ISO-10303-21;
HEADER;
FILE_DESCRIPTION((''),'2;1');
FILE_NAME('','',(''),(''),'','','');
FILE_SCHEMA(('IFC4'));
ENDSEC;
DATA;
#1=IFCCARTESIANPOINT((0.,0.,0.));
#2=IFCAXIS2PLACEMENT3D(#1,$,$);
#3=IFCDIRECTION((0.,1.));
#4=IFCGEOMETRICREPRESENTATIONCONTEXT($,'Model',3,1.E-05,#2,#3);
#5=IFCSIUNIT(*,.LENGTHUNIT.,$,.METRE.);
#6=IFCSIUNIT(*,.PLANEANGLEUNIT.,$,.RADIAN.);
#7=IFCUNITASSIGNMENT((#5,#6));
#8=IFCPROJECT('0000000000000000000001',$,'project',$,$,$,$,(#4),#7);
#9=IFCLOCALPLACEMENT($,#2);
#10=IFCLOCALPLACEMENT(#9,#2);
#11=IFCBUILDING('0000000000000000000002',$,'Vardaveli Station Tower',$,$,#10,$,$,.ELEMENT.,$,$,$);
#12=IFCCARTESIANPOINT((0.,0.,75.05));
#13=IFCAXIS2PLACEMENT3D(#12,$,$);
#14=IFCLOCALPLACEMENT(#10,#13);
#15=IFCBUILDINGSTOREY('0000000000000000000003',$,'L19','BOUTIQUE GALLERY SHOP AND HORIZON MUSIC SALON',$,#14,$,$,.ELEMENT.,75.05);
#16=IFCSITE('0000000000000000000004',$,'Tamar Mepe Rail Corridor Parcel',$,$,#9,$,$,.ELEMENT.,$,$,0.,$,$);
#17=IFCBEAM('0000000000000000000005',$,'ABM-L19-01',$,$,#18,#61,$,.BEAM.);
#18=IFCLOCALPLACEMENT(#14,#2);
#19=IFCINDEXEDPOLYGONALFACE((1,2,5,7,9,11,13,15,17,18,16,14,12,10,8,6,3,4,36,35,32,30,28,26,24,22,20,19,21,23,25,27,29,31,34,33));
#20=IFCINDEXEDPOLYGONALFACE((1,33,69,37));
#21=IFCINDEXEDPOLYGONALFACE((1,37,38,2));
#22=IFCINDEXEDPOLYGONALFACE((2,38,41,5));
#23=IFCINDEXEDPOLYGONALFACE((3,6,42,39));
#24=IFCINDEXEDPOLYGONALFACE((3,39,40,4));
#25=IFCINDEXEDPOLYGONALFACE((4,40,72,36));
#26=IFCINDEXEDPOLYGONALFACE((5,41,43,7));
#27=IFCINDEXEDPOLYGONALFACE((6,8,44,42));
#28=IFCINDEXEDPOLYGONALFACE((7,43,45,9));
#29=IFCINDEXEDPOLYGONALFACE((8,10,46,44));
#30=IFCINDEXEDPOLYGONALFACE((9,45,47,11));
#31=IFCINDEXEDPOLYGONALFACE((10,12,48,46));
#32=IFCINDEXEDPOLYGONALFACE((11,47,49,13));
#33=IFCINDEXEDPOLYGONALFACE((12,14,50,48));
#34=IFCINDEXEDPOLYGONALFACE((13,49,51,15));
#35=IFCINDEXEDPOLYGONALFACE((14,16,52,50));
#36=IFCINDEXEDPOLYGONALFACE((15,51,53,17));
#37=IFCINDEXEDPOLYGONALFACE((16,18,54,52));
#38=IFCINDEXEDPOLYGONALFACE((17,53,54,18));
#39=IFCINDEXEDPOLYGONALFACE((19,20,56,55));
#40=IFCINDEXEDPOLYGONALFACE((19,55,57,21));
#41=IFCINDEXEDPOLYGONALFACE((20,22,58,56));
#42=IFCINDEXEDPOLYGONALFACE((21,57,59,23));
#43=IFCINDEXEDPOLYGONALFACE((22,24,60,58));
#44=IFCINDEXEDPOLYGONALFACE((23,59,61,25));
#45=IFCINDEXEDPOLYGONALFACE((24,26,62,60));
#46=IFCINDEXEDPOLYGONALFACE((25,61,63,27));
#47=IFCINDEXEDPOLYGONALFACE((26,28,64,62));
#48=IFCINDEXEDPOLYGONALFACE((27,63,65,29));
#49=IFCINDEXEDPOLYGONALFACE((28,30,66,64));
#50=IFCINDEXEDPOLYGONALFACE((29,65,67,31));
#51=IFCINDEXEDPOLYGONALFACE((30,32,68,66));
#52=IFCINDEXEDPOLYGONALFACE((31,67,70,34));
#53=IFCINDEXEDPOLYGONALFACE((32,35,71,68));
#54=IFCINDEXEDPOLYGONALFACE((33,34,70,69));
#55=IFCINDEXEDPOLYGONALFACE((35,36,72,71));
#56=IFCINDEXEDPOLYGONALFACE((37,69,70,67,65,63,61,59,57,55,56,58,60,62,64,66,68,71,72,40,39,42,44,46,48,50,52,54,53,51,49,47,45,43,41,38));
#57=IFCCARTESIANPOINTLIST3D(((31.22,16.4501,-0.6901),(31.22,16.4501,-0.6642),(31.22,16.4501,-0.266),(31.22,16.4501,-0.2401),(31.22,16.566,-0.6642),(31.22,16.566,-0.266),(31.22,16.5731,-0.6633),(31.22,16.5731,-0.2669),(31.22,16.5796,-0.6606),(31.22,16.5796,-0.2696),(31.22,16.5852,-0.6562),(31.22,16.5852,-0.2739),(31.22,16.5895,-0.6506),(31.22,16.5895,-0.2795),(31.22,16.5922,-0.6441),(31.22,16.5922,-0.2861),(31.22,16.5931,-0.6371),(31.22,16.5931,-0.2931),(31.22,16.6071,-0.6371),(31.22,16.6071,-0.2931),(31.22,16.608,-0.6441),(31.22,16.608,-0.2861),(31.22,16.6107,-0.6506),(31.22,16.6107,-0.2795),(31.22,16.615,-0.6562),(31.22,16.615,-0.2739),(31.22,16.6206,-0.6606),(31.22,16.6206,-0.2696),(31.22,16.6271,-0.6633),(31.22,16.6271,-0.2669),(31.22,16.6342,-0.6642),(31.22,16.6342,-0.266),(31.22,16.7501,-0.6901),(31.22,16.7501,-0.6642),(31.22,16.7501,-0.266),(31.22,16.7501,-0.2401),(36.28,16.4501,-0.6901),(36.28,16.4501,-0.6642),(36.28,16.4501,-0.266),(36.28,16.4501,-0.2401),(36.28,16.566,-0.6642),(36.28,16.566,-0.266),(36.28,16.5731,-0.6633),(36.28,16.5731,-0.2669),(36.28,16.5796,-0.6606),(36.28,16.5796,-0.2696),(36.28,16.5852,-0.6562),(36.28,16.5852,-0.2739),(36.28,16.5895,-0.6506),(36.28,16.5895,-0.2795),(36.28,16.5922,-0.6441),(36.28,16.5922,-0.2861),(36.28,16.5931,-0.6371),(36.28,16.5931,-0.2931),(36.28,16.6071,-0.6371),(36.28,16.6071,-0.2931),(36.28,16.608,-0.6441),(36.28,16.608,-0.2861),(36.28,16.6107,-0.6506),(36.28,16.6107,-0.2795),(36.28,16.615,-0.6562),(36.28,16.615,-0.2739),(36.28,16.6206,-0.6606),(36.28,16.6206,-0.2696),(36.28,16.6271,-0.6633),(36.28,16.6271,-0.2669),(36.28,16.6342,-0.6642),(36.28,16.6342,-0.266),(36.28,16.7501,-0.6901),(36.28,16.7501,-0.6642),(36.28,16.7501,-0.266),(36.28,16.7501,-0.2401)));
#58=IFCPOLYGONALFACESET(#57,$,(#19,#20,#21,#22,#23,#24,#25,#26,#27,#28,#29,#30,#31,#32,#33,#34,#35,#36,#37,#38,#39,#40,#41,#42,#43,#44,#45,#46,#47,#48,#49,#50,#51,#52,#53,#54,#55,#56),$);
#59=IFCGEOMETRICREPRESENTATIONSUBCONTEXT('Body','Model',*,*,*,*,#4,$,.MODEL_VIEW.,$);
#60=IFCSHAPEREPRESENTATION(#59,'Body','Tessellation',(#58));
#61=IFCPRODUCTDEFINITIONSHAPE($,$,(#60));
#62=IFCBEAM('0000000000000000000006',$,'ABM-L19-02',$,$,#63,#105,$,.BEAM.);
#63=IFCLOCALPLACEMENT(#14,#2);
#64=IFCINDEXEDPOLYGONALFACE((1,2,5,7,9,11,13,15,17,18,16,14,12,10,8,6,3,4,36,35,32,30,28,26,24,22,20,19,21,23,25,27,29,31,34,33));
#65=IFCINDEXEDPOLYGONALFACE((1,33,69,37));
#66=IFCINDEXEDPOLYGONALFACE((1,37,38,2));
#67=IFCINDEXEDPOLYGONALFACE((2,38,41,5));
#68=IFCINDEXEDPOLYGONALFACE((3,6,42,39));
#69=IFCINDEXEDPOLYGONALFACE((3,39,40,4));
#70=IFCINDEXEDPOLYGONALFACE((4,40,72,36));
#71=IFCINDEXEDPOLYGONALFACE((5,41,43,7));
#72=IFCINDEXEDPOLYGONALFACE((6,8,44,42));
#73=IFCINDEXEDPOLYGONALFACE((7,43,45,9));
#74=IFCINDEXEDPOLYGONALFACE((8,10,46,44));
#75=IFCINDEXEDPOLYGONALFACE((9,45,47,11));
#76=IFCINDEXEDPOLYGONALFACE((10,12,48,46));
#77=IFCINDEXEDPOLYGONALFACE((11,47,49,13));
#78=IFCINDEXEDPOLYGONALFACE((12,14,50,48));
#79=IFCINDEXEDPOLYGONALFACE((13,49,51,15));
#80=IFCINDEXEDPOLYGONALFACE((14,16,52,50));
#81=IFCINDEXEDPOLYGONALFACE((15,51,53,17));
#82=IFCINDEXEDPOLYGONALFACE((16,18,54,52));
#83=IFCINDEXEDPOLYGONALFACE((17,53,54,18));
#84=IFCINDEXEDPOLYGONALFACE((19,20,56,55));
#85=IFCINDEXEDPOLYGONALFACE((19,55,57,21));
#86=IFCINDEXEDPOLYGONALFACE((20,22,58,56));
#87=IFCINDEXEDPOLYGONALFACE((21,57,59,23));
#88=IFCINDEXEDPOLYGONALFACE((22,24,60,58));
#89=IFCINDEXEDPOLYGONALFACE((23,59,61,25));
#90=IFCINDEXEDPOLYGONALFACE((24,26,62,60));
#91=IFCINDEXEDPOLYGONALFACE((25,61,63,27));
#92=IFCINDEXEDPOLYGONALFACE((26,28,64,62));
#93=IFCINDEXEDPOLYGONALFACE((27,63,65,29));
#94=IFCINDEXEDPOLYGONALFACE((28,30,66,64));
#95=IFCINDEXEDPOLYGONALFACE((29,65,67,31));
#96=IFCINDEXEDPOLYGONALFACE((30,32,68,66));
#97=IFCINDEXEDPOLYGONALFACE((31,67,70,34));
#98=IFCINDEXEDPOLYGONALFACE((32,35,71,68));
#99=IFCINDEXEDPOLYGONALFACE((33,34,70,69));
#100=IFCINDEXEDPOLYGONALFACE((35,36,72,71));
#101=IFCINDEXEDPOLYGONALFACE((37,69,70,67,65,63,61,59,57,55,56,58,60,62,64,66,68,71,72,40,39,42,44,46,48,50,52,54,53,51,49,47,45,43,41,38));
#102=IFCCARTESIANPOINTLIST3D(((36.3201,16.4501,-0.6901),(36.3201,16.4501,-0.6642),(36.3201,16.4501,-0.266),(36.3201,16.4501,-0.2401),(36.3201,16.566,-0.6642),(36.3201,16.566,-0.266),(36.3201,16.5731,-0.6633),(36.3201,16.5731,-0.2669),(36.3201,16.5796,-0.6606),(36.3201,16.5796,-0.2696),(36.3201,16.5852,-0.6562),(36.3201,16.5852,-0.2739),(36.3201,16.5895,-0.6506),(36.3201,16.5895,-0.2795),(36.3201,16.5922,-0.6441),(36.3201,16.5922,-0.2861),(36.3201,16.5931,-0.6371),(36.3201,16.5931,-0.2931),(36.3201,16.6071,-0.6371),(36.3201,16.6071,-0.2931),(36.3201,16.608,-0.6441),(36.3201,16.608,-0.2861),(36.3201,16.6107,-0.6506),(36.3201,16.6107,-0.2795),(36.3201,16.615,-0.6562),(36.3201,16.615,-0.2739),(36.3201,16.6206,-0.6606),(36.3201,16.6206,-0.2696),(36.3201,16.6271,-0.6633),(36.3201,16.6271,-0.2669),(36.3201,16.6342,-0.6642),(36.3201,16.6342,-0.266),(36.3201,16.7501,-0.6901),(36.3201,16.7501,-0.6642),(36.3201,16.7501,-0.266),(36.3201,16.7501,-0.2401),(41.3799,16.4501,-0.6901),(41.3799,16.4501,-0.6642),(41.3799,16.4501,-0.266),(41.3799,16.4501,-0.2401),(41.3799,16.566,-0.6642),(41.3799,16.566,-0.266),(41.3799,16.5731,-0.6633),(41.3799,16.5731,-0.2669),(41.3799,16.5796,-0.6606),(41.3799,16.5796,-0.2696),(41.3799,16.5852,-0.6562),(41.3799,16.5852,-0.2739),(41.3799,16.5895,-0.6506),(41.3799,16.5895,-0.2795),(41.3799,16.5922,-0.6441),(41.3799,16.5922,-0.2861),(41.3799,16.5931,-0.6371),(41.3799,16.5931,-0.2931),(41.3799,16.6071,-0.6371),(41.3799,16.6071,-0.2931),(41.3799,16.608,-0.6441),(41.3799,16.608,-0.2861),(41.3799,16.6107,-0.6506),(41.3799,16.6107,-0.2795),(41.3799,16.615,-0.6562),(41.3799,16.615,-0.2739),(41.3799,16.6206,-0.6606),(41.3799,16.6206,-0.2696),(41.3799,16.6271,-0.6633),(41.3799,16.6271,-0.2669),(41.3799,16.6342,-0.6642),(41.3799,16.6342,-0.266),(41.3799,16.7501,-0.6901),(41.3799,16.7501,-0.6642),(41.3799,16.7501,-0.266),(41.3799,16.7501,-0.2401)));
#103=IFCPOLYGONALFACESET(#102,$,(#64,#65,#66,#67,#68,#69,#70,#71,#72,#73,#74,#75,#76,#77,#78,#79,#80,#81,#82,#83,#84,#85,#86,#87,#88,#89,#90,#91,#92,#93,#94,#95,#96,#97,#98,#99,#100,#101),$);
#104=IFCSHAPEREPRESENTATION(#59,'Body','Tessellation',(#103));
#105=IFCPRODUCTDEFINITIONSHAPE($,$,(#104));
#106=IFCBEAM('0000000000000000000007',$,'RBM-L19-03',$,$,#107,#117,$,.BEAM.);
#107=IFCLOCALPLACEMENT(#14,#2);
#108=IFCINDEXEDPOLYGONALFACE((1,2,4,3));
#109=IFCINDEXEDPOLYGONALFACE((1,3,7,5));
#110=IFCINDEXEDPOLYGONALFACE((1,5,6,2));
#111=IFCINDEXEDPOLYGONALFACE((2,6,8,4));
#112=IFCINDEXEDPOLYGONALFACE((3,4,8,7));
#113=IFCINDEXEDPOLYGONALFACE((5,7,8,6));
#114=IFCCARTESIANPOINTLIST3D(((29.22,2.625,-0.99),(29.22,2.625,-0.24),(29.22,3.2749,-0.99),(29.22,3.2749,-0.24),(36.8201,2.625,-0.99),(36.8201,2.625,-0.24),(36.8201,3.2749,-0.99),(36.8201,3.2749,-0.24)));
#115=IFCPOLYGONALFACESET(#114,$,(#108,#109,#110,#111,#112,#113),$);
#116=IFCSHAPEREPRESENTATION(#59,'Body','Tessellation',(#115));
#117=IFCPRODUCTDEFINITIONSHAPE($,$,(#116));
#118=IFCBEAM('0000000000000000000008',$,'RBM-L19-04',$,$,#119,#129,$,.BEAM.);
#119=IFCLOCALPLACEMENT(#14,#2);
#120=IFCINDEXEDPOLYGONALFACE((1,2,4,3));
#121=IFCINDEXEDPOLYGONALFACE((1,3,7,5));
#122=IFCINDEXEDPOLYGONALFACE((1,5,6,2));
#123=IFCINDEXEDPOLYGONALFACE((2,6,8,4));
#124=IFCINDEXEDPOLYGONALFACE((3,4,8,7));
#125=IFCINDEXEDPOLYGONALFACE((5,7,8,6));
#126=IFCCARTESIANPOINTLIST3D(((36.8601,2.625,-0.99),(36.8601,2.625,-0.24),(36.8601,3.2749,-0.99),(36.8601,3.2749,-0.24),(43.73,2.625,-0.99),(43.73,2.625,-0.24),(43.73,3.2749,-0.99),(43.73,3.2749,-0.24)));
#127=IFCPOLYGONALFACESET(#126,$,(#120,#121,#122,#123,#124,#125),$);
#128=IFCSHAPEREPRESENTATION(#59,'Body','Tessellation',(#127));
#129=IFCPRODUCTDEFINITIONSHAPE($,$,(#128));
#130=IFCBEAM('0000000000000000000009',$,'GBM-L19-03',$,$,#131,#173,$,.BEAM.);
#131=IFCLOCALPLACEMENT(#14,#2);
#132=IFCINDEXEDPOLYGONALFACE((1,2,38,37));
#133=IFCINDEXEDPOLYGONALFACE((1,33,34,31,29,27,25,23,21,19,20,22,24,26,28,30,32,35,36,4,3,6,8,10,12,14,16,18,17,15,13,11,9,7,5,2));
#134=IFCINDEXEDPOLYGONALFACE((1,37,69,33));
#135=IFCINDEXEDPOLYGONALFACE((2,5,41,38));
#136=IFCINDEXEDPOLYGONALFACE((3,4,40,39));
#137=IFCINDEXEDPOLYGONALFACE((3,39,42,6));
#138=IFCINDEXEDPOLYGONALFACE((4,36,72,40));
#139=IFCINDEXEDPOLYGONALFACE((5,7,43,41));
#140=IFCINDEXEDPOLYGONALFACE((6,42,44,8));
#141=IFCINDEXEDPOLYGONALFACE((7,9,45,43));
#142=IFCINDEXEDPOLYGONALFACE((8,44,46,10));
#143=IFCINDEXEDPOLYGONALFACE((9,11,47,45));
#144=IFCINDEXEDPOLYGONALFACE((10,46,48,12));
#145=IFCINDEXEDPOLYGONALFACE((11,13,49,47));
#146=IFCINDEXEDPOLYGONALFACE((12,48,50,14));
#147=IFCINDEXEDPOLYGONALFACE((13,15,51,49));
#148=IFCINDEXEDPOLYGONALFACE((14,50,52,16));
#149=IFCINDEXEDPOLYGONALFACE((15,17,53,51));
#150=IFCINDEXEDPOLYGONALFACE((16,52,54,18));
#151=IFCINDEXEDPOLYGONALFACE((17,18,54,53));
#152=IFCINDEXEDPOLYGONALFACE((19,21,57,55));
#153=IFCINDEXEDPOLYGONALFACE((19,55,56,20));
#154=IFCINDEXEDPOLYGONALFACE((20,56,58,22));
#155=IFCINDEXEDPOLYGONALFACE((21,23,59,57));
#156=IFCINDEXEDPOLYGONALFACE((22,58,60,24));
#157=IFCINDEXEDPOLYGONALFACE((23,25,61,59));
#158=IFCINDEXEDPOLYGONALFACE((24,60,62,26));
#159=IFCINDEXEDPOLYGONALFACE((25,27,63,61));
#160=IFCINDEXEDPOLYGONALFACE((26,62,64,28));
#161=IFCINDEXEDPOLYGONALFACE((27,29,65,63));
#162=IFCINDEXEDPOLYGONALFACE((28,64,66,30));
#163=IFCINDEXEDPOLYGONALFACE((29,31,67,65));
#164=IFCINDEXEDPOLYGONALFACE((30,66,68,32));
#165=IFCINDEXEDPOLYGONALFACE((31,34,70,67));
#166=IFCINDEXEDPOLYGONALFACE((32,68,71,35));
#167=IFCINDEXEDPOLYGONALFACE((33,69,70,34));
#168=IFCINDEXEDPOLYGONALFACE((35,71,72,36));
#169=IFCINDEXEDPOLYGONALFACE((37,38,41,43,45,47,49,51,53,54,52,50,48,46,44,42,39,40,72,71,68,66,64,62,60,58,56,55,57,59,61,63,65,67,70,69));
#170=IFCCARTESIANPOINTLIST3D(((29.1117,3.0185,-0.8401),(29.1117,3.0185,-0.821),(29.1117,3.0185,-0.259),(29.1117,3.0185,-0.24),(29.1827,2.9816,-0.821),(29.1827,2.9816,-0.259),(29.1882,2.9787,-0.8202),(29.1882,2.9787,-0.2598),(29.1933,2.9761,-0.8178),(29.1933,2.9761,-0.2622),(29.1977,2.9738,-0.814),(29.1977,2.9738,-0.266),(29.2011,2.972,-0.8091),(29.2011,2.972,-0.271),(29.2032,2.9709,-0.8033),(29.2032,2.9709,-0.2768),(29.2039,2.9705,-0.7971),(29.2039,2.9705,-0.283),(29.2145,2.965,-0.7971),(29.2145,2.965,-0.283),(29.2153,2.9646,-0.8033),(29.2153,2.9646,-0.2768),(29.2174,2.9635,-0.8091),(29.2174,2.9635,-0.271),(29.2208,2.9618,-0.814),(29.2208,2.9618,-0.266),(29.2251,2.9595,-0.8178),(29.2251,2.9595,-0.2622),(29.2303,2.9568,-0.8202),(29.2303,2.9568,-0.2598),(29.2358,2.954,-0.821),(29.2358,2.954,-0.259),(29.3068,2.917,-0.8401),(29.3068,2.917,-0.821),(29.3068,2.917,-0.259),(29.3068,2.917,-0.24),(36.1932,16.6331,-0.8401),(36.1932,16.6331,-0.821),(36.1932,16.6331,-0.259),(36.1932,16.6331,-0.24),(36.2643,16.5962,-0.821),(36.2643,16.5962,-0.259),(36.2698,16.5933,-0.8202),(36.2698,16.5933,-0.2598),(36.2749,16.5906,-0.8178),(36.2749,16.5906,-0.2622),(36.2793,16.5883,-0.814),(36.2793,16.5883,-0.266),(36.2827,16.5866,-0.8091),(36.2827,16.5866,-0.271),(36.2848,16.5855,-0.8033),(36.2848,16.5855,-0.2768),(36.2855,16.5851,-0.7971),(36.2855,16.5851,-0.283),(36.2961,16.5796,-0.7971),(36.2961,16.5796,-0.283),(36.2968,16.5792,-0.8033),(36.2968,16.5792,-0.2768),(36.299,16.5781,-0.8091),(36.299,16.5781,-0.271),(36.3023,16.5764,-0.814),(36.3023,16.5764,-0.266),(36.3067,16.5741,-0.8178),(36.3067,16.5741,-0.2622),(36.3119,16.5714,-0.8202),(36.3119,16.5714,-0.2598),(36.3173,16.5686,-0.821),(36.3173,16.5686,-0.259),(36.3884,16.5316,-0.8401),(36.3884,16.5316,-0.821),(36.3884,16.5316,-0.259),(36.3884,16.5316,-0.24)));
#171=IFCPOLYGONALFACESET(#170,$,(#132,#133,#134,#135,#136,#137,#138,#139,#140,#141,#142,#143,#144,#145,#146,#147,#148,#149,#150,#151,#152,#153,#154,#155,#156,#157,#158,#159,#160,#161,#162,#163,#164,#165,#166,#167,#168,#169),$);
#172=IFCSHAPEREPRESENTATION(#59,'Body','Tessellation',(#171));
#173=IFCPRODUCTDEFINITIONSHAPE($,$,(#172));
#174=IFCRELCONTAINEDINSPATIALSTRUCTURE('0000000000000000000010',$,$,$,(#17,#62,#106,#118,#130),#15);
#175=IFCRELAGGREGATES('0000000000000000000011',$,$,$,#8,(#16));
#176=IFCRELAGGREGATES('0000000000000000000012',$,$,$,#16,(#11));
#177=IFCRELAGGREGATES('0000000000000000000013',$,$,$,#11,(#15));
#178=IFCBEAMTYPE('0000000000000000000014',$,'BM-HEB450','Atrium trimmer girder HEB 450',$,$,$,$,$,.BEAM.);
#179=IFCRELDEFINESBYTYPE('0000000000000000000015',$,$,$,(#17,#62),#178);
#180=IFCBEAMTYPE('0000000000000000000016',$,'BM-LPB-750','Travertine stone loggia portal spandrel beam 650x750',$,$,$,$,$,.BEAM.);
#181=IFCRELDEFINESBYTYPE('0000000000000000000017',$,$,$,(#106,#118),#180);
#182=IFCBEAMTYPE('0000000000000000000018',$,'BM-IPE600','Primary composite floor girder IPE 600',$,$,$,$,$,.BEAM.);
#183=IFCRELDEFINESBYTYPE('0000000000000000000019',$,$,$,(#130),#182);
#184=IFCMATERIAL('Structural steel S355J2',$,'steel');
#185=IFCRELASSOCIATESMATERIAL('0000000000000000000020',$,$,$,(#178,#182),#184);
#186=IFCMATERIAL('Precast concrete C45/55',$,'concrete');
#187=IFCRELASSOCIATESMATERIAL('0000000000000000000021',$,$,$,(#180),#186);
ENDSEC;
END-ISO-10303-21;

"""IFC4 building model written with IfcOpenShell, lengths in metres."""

from ifc_helpers import new_model, si_unit, direction, frame, origin, origin_2d, place, context, subcontext, project, spatial, rectangle, i_section, extrude, source, transform, mapped, material, material_profile, profile_set, type_object, element, save


model = new_model("IFC4")

# Units and contexts
model_context = context("Model", 3, precision=1e-05, world=origin(), true_north=direction((0.0, 1.0)))
body_context = subcontext(model_context, "Body", "Model", "MODEL_VIEW")
ifc_project = project(units=[si_unit("LENGTHUNIT", "METRE"), si_unit("PLANEANGLEUNIT", "RADIAN")], contexts=[model_context])

# Site, building, storey
site_placement = place(None, origin())
site = spatial("IfcSite", under=ifc_project, at=site_placement, Name="Tamar Mepe Rail Corridor Parcel", CompositionType="ELEMENT", RefElevation=0.0)
building_placement = place(site_placement, origin())
building = spatial("IfcBuilding", under=site, at=building_placement, Name="Vardaveli Station Tower", CompositionType="ELEMENT")
storey_placement = place(building_placement, frame((0.0, 0.0, 75.05)))
storey = spatial("IfcBuildingStorey", under=building, at=storey_placement, Name="L19", Description="BOUTIQUE GALLERY SHOP AND HORIZON MUSIC SALON", CompositionType="ELEMENT", Elevation=75.05)

# Beams
ifc_material_1 = material(Name="Structural steel S355J2", Category="steel")
ifc_material_profile_1 = material_profile(ifc_material_1, i_section(OverallWidth=0.3, OverallDepth=0.45, WebThickness=0.0139, FlangeThickness=0.0259, FilletRadius=0.0271, at=origin_2d()), Name="HEB 450")
ifc_profile_set_1 = profile_set([ifc_material_profile_1], Name="Structural steel S355J2")
beam_type_1 = type_object("IfcBeamType", Name="BM-HEB450", Description="Atrium trimmer girder HEB 450", PredefinedType="BEAM", material=ifc_profile_set_1)
shared_shape_1 = source(origin(), body_context, "Body", "SweptSolid", [
    extrude(i_section(OverallWidth=0.3, OverallDepth=0.45, WebThickness=0.0139, FlangeThickness=0.0259, FilletRadius=0.0271, at=origin_2d()), origin(), (0.0, 0.0, 1.0), 5.0601),
])
beam_1_placement = place(storey_placement, frame((31.22, 16.6001, -0.4651), z_axis=(1.0, 0.0, 0.0), x_axis=(0.0, 1.0, 0.0)))
element("IfcBeam", 1, at=beam_1_placement, inside=storey, type_object=beam_type_1, Name="ABM-L19-01", PredefinedType="BEAM", context=body_context, shape_type="MappedRepresentation", body=[
    mapped(shared_shape_1, transform((0.0, 0.0, 0.0), scale=1.0)),
])
shared_shape_2 = source(origin(), body_context, "Body", "SweptSolid", [
    extrude(i_section(OverallWidth=0.3, OverallDepth=0.45, WebThickness=0.0139, FlangeThickness=0.0259, FilletRadius=0.0271, at=origin_2d()), origin(), (0.0, 0.0, 1.0), 5.0598),
])
beam_2_placement = place(storey_placement, frame((36.3201, 16.6001, -0.4651), z_axis=(1.0, 0.0, 0.0), x_axis=(0.0, 1.0, 0.0)))
element("IfcBeam", 2, at=beam_2_placement, inside=storey, type_object=beam_type_1, Name="ABM-L19-02", PredefinedType="BEAM", context=body_context, shape_type="MappedRepresentation", body=[
    mapped(shared_shape_2, transform((0.0, 0.0, 0.0), scale=1.0)),
])
ifc_material_2 = material(Name="Precast concrete C45/55", Category="concrete")
ifc_material_profile_2 = material_profile(ifc_material_2, rectangle(XDim=0.6499, YDim=0.75, at=origin_2d()), Name="LPB 650x750")
ifc_profile_set_2 = profile_set([ifc_material_profile_2], Name="Precast concrete C45/55")
beam_type_2 = type_object("IfcBeamType", Name="BM-LPB-750", Description="Travertine stone loggia portal spandrel beam 650x750", PredefinedType="BEAM", material=ifc_profile_set_2)
shared_shape_3 = source(origin(), body_context, "Body", "SweptSolid", [
    extrude(rectangle(XDim=0.6499, YDim=0.75, at=origin_2d()), origin(), (0.0, 0.0, 1.0), 7.6001),
])
beam_3_placement = place(storey_placement, frame((29.22, 2.95, -0.615), z_axis=(1.0, 0.0, 0.0), x_axis=(0.0, 1.0, 0.0)))
element("IfcBeam", 3, at=beam_3_placement, inside=storey, type_object=beam_type_2, Name="RBM-L19-03", PredefinedType="BEAM", context=body_context, shape_type="MappedRepresentation", body=[
    mapped(shared_shape_3, transform((0.0, 0.0, 0.0), scale=1.0)),
])
shared_shape_4 = source(origin(), body_context, "Body", "SweptSolid", [
    extrude(rectangle(XDim=0.6499, YDim=0.75, at=origin_2d()), origin(), (0.0, 0.0, 1.0), 6.8699),
])
beam_4_placement = place(storey_placement, frame((36.8601, 2.95, -0.615), z_axis=(1.0, 0.0, 0.0), x_axis=(0.0, 1.0, 0.0)))
element("IfcBeam", 4, at=beam_4_placement, inside=storey, type_object=beam_type_2, Name="RBM-L19-04", PredefinedType="BEAM", context=body_context, shape_type="MappedRepresentation", body=[
    mapped(shared_shape_4, transform((0.0, 0.0, 0.0), scale=1.0)),
])
ifc_material_profile_3 = material_profile(ifc_material_1, i_section(OverallWidth=0.22, OverallDepth=0.6001, WebThickness=0.012, FlangeThickness=0.019, FilletRadius=0.0239, at=origin_2d()), Name="IPE 600")
ifc_profile_set_3 = profile_set([ifc_material_profile_3], Name="Structural steel S355J2")
beam_type_3 = type_object("IfcBeamType", Name="BM-IPE600", Description="Primary composite floor girder IPE 600", PredefinedType="BEAM", material=ifc_profile_set_3)
shared_shape_5 = source(origin(), body_context, "Body", "SweptSolid", [
    extrude(i_section(OverallWidth=0.22, OverallDepth=0.6001, WebThickness=0.012, FlangeThickness=0.019, FilletRadius=0.0239, at=origin_2d()), origin(), (0.0, 0.0, 1.0), 15.3462),
])
beam_5_placement = place(storey_placement, frame((29.2092, 2.9678, -0.54), z_axis=(0.461455, 0.887163, 0.0), x_axis=(-0.887163, 0.461455, 0.0)))
element("IfcBeam", 5, at=beam_5_placement, inside=storey, type_object=beam_type_3, Name="GBM-L19-03", PredefinedType="BEAM", context=body_context, shape_type="MappedRepresentation", body=[
    mapped(shared_shape_5, transform((0.0, 0.0, 0.0), scale=1.0)),
])

save(model, "model.ifc")
